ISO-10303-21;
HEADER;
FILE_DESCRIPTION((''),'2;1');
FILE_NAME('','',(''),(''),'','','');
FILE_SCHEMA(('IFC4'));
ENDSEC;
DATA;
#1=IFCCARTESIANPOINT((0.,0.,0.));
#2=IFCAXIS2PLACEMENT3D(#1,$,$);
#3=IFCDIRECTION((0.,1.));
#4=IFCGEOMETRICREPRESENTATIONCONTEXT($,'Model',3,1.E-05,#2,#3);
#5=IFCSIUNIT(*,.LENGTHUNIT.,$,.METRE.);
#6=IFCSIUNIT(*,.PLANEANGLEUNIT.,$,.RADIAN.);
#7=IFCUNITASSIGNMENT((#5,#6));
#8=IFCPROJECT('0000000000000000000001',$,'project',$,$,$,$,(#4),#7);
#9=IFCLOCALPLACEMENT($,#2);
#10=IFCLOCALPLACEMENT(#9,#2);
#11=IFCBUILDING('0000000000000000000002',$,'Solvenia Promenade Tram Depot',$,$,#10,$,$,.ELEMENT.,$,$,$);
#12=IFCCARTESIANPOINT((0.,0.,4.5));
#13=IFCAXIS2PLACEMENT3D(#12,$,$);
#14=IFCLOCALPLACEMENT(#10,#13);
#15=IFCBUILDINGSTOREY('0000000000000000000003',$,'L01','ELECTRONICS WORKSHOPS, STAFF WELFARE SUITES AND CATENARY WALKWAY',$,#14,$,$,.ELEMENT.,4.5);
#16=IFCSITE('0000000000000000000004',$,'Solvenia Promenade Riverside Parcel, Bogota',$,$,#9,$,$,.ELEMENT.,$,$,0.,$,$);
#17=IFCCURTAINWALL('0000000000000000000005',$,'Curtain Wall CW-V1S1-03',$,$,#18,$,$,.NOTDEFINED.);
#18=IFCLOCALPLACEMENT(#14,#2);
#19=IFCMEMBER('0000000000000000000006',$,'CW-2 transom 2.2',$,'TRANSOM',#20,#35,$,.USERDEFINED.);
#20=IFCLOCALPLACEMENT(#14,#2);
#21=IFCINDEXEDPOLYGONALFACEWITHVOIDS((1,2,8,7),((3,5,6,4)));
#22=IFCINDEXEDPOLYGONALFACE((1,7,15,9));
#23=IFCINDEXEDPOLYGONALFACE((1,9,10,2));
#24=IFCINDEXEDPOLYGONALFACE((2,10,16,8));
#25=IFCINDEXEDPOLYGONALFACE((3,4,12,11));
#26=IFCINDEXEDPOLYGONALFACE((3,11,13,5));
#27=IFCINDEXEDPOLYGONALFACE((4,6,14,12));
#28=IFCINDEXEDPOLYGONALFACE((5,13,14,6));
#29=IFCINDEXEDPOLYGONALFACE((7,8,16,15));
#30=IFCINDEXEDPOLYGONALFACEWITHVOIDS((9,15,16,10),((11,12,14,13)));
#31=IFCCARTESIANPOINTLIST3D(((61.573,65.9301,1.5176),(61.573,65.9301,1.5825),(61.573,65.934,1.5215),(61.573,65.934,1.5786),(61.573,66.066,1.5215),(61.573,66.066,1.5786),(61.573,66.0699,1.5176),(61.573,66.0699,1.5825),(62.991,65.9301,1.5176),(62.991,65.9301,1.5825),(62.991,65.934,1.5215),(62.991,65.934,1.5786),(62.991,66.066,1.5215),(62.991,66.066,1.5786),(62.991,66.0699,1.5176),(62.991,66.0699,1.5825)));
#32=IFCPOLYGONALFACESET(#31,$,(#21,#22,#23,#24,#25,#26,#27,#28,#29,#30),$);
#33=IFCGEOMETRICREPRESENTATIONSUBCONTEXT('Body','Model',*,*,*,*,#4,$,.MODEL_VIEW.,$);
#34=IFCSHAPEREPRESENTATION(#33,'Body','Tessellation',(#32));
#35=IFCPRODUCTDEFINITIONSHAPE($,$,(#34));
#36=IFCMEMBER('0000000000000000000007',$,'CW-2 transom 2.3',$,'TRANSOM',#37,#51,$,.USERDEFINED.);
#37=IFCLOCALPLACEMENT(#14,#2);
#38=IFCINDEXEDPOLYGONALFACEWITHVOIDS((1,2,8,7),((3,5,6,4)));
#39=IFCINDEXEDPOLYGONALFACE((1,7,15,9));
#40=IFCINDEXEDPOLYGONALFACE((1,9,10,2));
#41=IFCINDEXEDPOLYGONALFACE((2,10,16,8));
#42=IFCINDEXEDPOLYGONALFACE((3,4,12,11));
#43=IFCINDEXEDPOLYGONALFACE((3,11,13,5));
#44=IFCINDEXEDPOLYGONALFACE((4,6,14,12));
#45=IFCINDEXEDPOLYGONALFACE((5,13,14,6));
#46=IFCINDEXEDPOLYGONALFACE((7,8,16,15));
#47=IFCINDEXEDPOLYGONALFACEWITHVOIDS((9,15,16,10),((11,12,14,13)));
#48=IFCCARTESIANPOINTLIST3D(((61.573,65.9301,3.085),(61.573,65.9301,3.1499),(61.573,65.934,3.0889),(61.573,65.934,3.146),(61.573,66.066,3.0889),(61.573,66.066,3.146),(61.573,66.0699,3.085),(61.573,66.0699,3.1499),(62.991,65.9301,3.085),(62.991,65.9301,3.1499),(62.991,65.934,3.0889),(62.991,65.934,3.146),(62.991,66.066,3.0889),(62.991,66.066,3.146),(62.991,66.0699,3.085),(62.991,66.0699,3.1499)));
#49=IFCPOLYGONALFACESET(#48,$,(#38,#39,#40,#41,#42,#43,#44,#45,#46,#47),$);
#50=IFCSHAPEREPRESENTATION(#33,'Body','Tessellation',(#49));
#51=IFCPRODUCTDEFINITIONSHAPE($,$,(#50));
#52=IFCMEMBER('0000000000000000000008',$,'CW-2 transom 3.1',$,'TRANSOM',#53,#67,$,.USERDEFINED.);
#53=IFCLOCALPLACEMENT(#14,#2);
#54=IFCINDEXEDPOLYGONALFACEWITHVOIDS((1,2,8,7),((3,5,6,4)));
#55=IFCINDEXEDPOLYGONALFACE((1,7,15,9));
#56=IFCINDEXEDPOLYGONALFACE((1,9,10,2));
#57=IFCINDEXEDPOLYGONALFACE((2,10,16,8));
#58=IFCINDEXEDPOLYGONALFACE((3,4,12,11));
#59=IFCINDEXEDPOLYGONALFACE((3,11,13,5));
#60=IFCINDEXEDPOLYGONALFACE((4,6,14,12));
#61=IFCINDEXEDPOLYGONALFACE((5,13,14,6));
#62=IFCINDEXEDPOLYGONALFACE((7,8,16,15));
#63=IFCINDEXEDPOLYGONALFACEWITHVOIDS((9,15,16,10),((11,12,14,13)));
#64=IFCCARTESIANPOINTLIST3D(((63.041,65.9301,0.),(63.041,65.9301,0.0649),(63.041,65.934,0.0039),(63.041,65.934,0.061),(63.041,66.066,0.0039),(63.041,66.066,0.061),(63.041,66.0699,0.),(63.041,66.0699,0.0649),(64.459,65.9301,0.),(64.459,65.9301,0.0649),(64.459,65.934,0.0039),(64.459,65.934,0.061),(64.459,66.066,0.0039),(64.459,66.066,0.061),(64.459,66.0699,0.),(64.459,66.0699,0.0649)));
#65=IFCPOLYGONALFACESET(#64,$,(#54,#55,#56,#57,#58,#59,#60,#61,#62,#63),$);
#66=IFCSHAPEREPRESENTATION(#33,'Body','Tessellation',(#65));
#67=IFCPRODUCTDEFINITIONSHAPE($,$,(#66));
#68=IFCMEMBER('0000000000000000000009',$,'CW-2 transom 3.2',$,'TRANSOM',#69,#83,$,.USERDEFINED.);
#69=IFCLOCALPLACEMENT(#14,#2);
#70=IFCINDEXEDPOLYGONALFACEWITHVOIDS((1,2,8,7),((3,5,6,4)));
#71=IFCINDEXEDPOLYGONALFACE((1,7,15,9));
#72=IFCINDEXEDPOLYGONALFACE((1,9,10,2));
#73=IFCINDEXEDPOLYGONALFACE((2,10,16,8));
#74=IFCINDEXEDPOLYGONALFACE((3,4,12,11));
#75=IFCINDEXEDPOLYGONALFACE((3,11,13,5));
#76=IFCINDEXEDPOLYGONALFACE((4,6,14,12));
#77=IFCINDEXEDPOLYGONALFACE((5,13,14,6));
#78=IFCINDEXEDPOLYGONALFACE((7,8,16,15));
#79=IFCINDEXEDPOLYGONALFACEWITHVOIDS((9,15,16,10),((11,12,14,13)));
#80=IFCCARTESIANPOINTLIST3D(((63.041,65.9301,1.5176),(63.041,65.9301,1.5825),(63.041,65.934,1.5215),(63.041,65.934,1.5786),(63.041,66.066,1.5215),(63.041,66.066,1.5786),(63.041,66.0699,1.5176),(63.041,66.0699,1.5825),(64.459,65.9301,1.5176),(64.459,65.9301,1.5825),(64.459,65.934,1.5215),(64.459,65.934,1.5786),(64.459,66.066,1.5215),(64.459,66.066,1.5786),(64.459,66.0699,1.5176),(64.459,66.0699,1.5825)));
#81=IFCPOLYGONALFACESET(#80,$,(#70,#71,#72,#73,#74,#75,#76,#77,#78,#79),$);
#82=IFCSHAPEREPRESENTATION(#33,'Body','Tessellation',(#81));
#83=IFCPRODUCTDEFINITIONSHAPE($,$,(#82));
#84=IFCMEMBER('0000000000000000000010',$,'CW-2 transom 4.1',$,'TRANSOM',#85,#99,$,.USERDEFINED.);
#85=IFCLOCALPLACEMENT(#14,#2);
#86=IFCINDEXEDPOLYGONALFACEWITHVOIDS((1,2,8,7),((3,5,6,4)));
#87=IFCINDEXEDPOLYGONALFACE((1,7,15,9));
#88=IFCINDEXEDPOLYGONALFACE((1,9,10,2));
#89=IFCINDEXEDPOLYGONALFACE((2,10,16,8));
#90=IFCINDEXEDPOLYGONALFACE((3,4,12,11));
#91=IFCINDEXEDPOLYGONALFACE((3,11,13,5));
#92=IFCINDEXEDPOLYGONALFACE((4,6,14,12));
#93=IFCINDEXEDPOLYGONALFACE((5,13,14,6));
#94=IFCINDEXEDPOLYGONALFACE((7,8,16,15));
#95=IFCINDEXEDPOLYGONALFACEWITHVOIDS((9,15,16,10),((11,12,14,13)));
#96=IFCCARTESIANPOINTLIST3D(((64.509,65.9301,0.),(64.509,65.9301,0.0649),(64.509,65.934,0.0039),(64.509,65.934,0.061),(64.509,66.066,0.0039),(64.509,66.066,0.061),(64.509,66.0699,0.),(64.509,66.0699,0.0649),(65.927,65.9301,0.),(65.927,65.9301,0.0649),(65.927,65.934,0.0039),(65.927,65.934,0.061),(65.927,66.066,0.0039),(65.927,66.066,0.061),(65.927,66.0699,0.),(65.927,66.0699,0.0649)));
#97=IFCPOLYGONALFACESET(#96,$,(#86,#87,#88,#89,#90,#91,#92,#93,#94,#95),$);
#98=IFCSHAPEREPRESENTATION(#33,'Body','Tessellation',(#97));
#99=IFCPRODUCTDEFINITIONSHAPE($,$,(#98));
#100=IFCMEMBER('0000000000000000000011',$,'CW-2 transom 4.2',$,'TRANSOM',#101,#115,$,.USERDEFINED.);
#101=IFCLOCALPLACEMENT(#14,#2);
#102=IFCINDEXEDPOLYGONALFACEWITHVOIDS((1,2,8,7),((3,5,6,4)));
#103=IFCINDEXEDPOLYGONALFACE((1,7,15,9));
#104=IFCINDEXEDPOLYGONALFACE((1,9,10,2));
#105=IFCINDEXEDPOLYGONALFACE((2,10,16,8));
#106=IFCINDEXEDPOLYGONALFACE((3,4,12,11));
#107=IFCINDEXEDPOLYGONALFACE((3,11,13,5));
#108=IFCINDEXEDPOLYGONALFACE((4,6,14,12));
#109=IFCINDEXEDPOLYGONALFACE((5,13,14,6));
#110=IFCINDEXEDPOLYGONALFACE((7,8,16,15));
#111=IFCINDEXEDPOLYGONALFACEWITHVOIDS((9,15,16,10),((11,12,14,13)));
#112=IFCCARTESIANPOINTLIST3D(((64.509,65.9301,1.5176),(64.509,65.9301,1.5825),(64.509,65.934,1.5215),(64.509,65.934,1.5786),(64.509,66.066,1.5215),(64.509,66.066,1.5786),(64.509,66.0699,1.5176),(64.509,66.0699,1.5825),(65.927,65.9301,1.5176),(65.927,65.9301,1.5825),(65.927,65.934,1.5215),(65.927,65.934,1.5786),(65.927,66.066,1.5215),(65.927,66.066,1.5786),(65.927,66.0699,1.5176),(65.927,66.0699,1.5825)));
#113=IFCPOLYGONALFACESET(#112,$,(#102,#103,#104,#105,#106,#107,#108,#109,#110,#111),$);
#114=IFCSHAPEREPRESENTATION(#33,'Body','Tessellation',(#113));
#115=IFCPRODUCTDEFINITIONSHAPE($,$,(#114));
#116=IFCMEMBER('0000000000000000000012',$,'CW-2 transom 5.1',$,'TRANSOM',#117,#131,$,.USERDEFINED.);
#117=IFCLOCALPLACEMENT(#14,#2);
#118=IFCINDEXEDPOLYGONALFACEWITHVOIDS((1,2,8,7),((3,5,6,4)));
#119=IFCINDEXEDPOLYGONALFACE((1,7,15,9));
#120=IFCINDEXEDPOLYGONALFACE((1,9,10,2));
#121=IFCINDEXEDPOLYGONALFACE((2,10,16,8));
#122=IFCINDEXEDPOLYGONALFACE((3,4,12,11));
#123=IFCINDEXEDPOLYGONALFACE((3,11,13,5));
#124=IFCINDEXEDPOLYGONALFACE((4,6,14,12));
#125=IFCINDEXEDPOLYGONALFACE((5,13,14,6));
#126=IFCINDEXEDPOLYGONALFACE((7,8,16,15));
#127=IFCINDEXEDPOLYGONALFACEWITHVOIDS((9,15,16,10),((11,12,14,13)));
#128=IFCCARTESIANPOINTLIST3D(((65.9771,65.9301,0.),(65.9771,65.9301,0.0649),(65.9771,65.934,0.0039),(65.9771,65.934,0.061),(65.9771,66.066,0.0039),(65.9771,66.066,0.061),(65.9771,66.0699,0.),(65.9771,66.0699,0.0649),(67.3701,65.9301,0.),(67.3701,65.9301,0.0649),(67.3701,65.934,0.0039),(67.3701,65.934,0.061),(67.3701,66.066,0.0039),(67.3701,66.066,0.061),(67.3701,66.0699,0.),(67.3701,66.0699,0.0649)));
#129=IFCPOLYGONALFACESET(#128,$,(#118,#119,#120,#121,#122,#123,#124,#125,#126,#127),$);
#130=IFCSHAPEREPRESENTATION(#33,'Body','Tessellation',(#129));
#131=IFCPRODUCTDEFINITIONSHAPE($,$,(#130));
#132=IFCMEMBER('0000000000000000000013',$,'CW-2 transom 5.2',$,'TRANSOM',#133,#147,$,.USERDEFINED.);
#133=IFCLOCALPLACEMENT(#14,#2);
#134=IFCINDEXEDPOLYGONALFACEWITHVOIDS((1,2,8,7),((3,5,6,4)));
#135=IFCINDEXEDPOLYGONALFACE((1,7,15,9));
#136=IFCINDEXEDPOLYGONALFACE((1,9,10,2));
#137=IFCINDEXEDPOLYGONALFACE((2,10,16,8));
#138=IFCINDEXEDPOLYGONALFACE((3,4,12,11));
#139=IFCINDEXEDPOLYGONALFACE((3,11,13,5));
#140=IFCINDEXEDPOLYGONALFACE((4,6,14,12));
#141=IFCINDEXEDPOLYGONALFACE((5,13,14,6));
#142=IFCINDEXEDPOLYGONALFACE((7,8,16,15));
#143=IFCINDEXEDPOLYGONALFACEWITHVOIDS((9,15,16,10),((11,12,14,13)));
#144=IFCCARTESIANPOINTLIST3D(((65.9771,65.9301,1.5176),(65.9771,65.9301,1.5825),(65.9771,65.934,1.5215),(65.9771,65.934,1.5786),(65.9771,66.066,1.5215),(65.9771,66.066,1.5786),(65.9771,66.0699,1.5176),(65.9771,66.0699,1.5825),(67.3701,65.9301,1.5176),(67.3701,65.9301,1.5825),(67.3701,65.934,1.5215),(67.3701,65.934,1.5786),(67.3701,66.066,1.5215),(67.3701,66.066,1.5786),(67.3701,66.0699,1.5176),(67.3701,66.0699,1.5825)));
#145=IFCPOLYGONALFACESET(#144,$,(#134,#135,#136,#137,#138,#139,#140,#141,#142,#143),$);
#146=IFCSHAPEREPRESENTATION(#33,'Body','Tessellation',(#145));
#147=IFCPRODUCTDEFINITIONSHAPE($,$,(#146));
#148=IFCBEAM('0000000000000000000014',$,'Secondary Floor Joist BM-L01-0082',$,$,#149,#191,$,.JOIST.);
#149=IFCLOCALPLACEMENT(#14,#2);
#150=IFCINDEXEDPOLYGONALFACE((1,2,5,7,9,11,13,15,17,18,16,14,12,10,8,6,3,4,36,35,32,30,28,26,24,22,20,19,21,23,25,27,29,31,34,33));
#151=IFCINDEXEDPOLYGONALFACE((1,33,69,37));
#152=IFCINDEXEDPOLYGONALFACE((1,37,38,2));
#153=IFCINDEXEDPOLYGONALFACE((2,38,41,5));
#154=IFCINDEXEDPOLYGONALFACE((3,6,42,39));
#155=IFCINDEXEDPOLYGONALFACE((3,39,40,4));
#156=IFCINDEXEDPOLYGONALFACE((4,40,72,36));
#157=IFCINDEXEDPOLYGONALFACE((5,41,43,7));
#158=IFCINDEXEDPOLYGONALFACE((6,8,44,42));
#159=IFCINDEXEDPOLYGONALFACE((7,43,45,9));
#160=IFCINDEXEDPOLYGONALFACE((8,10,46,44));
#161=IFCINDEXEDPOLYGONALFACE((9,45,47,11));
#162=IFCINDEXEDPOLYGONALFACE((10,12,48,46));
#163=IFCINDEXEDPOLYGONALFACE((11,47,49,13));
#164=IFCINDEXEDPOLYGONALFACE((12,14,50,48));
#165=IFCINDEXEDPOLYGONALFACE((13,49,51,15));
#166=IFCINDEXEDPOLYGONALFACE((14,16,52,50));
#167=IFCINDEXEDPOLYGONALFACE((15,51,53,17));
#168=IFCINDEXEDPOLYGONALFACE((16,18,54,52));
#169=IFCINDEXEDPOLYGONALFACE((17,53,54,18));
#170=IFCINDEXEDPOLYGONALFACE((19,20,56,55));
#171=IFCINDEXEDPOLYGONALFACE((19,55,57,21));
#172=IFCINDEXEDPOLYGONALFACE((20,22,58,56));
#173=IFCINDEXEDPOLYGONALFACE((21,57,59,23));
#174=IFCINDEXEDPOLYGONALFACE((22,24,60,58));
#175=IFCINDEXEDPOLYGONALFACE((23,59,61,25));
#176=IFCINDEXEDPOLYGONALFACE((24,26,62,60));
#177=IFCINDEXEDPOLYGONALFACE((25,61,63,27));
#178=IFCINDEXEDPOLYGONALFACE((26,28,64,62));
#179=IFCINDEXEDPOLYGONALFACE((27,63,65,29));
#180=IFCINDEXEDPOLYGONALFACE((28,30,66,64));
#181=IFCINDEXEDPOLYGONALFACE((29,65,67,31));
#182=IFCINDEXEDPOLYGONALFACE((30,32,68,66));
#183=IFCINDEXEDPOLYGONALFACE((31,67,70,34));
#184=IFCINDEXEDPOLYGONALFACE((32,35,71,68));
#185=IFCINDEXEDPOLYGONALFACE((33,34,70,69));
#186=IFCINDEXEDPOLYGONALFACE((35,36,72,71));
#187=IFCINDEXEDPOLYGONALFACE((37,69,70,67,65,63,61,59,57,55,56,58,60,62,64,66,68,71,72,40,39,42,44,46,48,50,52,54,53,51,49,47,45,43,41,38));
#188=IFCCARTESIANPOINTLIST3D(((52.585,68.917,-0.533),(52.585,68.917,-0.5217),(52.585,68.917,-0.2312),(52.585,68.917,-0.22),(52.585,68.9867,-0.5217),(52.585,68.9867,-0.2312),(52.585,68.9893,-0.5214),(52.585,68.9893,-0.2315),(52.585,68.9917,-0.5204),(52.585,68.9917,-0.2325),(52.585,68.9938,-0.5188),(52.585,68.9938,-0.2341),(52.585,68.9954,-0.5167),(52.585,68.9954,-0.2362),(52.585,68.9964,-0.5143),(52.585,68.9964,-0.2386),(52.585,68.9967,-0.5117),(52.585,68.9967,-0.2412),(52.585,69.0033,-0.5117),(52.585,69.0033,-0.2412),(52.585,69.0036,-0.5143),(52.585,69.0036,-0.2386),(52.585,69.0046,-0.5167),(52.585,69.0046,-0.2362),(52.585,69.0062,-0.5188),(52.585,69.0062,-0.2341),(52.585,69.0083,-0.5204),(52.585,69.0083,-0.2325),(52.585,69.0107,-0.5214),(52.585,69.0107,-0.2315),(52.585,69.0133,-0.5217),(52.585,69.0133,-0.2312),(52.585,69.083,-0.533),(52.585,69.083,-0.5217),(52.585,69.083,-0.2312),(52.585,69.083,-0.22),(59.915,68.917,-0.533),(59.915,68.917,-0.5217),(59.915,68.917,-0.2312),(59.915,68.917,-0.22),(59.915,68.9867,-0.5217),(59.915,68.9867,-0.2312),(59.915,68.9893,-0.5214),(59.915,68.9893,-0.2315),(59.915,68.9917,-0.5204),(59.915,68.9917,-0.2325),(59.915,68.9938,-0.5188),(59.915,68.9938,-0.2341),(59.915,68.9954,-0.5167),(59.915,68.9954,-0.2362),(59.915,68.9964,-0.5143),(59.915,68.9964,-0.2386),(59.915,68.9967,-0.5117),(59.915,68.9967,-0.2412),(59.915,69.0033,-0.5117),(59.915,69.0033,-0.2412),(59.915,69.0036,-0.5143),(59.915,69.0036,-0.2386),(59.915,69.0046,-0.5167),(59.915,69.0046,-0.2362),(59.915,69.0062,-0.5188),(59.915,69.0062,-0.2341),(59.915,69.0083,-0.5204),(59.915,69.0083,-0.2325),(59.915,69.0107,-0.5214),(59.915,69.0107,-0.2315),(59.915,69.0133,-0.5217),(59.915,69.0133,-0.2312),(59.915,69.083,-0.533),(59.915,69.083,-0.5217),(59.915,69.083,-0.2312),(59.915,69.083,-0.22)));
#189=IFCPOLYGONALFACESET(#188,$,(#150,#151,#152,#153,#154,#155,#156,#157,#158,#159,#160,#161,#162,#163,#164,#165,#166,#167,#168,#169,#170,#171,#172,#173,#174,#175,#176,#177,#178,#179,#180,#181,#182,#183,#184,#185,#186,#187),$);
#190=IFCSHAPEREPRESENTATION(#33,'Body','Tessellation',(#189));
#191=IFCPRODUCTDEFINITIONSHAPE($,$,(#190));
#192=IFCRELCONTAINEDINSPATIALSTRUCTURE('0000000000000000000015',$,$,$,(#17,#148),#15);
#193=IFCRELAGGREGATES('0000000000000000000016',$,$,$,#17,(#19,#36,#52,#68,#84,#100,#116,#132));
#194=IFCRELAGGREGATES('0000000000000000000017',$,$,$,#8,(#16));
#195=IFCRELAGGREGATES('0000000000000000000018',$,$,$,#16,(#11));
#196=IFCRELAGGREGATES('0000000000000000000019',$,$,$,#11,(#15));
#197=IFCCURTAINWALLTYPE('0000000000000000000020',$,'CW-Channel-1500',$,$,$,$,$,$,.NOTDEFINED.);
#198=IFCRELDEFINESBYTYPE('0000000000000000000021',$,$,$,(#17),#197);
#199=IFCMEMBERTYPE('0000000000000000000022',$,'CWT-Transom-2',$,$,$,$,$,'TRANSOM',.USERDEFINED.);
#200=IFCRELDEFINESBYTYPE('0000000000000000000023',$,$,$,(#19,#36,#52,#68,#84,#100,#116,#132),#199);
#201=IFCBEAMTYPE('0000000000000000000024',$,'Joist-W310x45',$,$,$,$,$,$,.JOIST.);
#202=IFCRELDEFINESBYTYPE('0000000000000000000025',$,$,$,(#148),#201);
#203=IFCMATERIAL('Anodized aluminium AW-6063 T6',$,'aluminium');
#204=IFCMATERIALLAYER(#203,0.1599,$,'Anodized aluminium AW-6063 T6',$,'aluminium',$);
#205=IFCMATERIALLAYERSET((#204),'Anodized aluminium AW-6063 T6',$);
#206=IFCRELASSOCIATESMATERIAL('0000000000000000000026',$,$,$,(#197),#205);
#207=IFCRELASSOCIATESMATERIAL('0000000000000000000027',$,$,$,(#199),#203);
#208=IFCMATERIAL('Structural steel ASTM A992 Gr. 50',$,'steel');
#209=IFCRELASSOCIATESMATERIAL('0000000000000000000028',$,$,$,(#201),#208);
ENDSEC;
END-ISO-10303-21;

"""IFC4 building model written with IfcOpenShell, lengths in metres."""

from ifc_helpers import new_model, si_unit, direction, frame, origin, origin_2d, place, context, subcontext, project, spatial, hollow_rectangle, i_section, extrude, material, layer, layer_set, material_profile, profile_set, type_object, element, aggregate, save


model = new_model("IFC4")

# Units and contexts
model_context = context("Model", 3, precision=1e-05, world=origin(), true_north=direction((0.0, 1.0)))
body_context = subcontext(model_context, "Body", "Model", "MODEL_VIEW")
ifc_project = project(units=[si_unit("LENGTHUNIT", "METRE"), si_unit("PLANEANGLEUNIT", "RADIAN")], contexts=[model_context])

# Site, building, storey
site_placement = place(None, origin())
site = spatial("IfcSite", under=ifc_project, at=site_placement, Name="Solvenia Promenade Riverside Parcel, Bogota", CompositionType="ELEMENT", RefElevation=0.0)
building_placement = place(site_placement, origin())
building = spatial("IfcBuilding", under=site, at=building_placement, Name="Solvenia Promenade Tram Depot", CompositionType="ELEMENT")
storey_placement = place(building_placement, frame((0.0, 0.0, 4.5)))
storey = spatial("IfcBuildingStorey", under=building, at=storey_placement, Name="L01", Description="ELECTRONICS WORKSHOPS, STAFF WELFARE SUITES AND CATENARY WALKWAY", CompositionType="ELEMENT", Elevation=4.5)

# Shared definitions
ifc_material_1 = material(Name="Structural steel ASTM A992 Gr. 50", Category="steel")

# Curtain wall, members
ifc_material_2 = material(Name="Anodized aluminium AW-6063 T6", Category="aluminium")
ifc_layer_1 = layer(ifc_material_2, 0.1599, Name="Anodized aluminium AW-6063 T6", Category="aluminium")
ifc_layer_set_1 = layer_set([ifc_layer_1], Name="Anodized aluminium AW-6063 T6")
curtain_wall_type = type_object("IfcCurtainWallType", Name="CW-Channel-1500", PredefinedType="NOTDEFINED", material=ifc_layer_set_1)
curtain_wall_placement = place(storey_placement, origin())
curtain_wall = element("IfcCurtainWall", 1, at=curtain_wall_placement, inside=storey, type_object=curtain_wall_type, Name="Curtain Wall CW-V1S1-03", PredefinedType="NOTDEFINED")
ifc_material_profile_1 = material_profile(ifc_material_2, hollow_rectangle(XDim=0.1399, YDim=0.0649, WallThickness=0.0039, at=origin_2d()), Name="ALU-T2", Category="aluminium")
ifc_profile_set_1 = profile_set([ifc_material_profile_1], Name="Anodized aluminium AW-6063 T6")
member_type_1 = type_object("IfcMemberType", Name="CWT-Transom-2", ElementType="TRANSOM", PredefinedType="USERDEFINED", material=ifc_profile_set_1)
member_1_placement = place(storey_placement, frame((61.573, 66.0, 1.55), z_axis=(1.0, 0.0, 0.0), x_axis=(0.0, 1.0, 0.0)))
member_1 = element("IfcMember", 2, at=member_1_placement, type_object=member_type_1, Name="CW-2 transom 2.2", ObjectType="TRANSOM", PredefinedType="USERDEFINED", context=body_context, shape_type="SweptSolid", body=[
    extrude(hollow_rectangle(XDim=0.1399, YDim=0.0649, WallThickness=0.0039, at=origin_2d()), origin(), (0.0, 0.0, 1.0), 1.418),
])
member_2_placement = place(storey_placement, frame((61.573, 66.0, 3.1174), z_axis=(1.0, 0.0, 0.0), x_axis=(0.0, 1.0, 0.0)))
member_2 = element("IfcMember", 3, at=member_2_placement, type_object=member_type_1, Name="CW-2 transom 2.3", ObjectType="TRANSOM", PredefinedType="USERDEFINED", context=body_context, shape_type="SweptSolid", body=[
    extrude(hollow_rectangle(XDim=0.1399, YDim=0.0649, WallThickness=0.0039, at=origin_2d()), origin(), (0.0, 0.0, 1.0), 1.418),
])
member_3_placement = place(storey_placement, frame((63.041, 66.0, 0.0325), z_axis=(1.0, 0.0, 0.0), x_axis=(0.0, 1.0, 0.0)))
member_3 = element("IfcMember", 4, at=member_3_placement, type_object=member_type_1, Name="CW-2 transom 3.1", ObjectType="TRANSOM", PredefinedType="USERDEFINED", context=body_context, shape_type="SweptSolid", body=[
    extrude(hollow_rectangle(XDim=0.1399, YDim=0.0649, WallThickness=0.0039, at=origin_2d()), origin(), (0.0, 0.0, 1.0), 1.418),
])
member_4_placement = place(storey_placement, frame((63.041, 66.0, 1.55), z_axis=(1.0, 0.0, 0.0), x_axis=(0.0, 1.0, 0.0)))
member_4 = element("IfcMember", 5, at=member_4_placement, type_object=member_type_1, Name="CW-2 transom 3.2", ObjectType="TRANSOM", PredefinedType="USERDEFINED", context=body_context, shape_type="SweptSolid", body=[
    extrude(hollow_rectangle(XDim=0.1399, YDim=0.0649, WallThickness=0.0039, at=origin_2d()), origin(), (0.0, 0.0, 1.0), 1.418),
])
member_5_placement = place(storey_placement, frame((64.509, 66.0, 0.0325), z_axis=(1.0, 0.0, 0.0), x_axis=(0.0, 1.0, 0.0)))
member_5 = element("IfcMember", 6, at=member_5_placement, type_object=member_type_1, Name="CW-2 transom 4.1", ObjectType="TRANSOM", PredefinedType="USERDEFINED", context=body_context, shape_type="SweptSolid", body=[
    extrude(hollow_rectangle(XDim=0.1399, YDim=0.0649, WallThickness=0.0039, at=origin_2d()), origin(), (0.0, 0.0, 1.0), 1.418),
])
member_6_placement = place(storey_placement, frame((64.509, 66.0, 1.55), z_axis=(1.0, 0.0, 0.0), x_axis=(0.0, 1.0, 0.0)))
member_6 = element("IfcMember", 7, at=member_6_placement, type_object=member_type_1, Name="CW-2 transom 4.2", ObjectType="TRANSOM", PredefinedType="USERDEFINED", context=body_context, shape_type="SweptSolid", body=[
    extrude(hollow_rectangle(XDim=0.1399, YDim=0.0649, WallThickness=0.0039, at=origin_2d()), origin(), (0.0, 0.0, 1.0), 1.418),
])
member_7_placement = place(storey_placement, frame((65.9771, 66.0, 0.0325), z_axis=(1.0, 0.0, 0.0), x_axis=(0.0, 1.0, 0.0)))
member_7 = element("IfcMember", 8, at=member_7_placement, type_object=member_type_1, Name="CW-2 transom 5.1", ObjectType="TRANSOM", PredefinedType="USERDEFINED", context=body_context, shape_type="SweptSolid", body=[
    extrude(hollow_rectangle(XDim=0.1399, YDim=0.0649, WallThickness=0.0039, at=origin_2d()), origin(), (0.0, 0.0, 1.0), 1.3931),
])
member_8_placement = place(storey_placement, frame((65.9771, 66.0, 1.55), z_axis=(1.0, 0.0, 0.0), x_axis=(0.0, 1.0, 0.0)))
member_8 = element("IfcMember", 9, at=member_8_placement, type_object=member_type_1, Name="CW-2 transom 5.2", ObjectType="TRANSOM", PredefinedType="USERDEFINED", context=body_context, shape_type="SweptSolid", body=[
    extrude(hollow_rectangle(XDim=0.1399, YDim=0.0649, WallThickness=0.0039, at=origin_2d()), origin(), (0.0, 0.0, 1.0), 1.3931),
])

# Beam
ifc_material_profile_2 = material_profile(ifc_material_1, i_section(OverallWidth=0.166, OverallDepth=0.313, WebThickness=0.0066, FlangeThickness=0.0112, FilletRadius=0.01, at=origin_2d()), Name="W310x45", Category="steel")
ifc_profile_set_2 = profile_set([ifc_material_profile_2], Name="Structural steel ASTM A992 Gr. 50")
beam_type_1 = type_object("IfcBeamType", Name="Joist-W310x45", PredefinedType="JOIST", material=ifc_profile_set_2)
for number, where, z_axis, x_axis, name in (
    (10, (52.585, 69.0, -0.3765), (1.0, 0.0, 0.0), (0.0, 1.0, 0.0), "Secondary Floor Joist BM-L01-0082"),
):
    element("IfcBeam", number, at=place(storey_placement, frame(where, z_axis=z_axis, x_axis=x_axis)), inside=storey, type_object=beam_type_1, Name=name, PredefinedType="JOIST", context=body_context, shape_type="SweptSolid", body=[
        extrude(i_section(OverallWidth=0.166, OverallDepth=0.313, WebThickness=0.0066, FlangeThickness=0.0112, FilletRadius=0.01, at=origin_2d()), origin(), (0.0, 0.0, 1.0), 7.3301),
    ])

aggregate(curtain_wall, [member_1, member_2, member_3, member_4, member_5, member_6, member_7, member_8])

save(model, "model.ifc")
